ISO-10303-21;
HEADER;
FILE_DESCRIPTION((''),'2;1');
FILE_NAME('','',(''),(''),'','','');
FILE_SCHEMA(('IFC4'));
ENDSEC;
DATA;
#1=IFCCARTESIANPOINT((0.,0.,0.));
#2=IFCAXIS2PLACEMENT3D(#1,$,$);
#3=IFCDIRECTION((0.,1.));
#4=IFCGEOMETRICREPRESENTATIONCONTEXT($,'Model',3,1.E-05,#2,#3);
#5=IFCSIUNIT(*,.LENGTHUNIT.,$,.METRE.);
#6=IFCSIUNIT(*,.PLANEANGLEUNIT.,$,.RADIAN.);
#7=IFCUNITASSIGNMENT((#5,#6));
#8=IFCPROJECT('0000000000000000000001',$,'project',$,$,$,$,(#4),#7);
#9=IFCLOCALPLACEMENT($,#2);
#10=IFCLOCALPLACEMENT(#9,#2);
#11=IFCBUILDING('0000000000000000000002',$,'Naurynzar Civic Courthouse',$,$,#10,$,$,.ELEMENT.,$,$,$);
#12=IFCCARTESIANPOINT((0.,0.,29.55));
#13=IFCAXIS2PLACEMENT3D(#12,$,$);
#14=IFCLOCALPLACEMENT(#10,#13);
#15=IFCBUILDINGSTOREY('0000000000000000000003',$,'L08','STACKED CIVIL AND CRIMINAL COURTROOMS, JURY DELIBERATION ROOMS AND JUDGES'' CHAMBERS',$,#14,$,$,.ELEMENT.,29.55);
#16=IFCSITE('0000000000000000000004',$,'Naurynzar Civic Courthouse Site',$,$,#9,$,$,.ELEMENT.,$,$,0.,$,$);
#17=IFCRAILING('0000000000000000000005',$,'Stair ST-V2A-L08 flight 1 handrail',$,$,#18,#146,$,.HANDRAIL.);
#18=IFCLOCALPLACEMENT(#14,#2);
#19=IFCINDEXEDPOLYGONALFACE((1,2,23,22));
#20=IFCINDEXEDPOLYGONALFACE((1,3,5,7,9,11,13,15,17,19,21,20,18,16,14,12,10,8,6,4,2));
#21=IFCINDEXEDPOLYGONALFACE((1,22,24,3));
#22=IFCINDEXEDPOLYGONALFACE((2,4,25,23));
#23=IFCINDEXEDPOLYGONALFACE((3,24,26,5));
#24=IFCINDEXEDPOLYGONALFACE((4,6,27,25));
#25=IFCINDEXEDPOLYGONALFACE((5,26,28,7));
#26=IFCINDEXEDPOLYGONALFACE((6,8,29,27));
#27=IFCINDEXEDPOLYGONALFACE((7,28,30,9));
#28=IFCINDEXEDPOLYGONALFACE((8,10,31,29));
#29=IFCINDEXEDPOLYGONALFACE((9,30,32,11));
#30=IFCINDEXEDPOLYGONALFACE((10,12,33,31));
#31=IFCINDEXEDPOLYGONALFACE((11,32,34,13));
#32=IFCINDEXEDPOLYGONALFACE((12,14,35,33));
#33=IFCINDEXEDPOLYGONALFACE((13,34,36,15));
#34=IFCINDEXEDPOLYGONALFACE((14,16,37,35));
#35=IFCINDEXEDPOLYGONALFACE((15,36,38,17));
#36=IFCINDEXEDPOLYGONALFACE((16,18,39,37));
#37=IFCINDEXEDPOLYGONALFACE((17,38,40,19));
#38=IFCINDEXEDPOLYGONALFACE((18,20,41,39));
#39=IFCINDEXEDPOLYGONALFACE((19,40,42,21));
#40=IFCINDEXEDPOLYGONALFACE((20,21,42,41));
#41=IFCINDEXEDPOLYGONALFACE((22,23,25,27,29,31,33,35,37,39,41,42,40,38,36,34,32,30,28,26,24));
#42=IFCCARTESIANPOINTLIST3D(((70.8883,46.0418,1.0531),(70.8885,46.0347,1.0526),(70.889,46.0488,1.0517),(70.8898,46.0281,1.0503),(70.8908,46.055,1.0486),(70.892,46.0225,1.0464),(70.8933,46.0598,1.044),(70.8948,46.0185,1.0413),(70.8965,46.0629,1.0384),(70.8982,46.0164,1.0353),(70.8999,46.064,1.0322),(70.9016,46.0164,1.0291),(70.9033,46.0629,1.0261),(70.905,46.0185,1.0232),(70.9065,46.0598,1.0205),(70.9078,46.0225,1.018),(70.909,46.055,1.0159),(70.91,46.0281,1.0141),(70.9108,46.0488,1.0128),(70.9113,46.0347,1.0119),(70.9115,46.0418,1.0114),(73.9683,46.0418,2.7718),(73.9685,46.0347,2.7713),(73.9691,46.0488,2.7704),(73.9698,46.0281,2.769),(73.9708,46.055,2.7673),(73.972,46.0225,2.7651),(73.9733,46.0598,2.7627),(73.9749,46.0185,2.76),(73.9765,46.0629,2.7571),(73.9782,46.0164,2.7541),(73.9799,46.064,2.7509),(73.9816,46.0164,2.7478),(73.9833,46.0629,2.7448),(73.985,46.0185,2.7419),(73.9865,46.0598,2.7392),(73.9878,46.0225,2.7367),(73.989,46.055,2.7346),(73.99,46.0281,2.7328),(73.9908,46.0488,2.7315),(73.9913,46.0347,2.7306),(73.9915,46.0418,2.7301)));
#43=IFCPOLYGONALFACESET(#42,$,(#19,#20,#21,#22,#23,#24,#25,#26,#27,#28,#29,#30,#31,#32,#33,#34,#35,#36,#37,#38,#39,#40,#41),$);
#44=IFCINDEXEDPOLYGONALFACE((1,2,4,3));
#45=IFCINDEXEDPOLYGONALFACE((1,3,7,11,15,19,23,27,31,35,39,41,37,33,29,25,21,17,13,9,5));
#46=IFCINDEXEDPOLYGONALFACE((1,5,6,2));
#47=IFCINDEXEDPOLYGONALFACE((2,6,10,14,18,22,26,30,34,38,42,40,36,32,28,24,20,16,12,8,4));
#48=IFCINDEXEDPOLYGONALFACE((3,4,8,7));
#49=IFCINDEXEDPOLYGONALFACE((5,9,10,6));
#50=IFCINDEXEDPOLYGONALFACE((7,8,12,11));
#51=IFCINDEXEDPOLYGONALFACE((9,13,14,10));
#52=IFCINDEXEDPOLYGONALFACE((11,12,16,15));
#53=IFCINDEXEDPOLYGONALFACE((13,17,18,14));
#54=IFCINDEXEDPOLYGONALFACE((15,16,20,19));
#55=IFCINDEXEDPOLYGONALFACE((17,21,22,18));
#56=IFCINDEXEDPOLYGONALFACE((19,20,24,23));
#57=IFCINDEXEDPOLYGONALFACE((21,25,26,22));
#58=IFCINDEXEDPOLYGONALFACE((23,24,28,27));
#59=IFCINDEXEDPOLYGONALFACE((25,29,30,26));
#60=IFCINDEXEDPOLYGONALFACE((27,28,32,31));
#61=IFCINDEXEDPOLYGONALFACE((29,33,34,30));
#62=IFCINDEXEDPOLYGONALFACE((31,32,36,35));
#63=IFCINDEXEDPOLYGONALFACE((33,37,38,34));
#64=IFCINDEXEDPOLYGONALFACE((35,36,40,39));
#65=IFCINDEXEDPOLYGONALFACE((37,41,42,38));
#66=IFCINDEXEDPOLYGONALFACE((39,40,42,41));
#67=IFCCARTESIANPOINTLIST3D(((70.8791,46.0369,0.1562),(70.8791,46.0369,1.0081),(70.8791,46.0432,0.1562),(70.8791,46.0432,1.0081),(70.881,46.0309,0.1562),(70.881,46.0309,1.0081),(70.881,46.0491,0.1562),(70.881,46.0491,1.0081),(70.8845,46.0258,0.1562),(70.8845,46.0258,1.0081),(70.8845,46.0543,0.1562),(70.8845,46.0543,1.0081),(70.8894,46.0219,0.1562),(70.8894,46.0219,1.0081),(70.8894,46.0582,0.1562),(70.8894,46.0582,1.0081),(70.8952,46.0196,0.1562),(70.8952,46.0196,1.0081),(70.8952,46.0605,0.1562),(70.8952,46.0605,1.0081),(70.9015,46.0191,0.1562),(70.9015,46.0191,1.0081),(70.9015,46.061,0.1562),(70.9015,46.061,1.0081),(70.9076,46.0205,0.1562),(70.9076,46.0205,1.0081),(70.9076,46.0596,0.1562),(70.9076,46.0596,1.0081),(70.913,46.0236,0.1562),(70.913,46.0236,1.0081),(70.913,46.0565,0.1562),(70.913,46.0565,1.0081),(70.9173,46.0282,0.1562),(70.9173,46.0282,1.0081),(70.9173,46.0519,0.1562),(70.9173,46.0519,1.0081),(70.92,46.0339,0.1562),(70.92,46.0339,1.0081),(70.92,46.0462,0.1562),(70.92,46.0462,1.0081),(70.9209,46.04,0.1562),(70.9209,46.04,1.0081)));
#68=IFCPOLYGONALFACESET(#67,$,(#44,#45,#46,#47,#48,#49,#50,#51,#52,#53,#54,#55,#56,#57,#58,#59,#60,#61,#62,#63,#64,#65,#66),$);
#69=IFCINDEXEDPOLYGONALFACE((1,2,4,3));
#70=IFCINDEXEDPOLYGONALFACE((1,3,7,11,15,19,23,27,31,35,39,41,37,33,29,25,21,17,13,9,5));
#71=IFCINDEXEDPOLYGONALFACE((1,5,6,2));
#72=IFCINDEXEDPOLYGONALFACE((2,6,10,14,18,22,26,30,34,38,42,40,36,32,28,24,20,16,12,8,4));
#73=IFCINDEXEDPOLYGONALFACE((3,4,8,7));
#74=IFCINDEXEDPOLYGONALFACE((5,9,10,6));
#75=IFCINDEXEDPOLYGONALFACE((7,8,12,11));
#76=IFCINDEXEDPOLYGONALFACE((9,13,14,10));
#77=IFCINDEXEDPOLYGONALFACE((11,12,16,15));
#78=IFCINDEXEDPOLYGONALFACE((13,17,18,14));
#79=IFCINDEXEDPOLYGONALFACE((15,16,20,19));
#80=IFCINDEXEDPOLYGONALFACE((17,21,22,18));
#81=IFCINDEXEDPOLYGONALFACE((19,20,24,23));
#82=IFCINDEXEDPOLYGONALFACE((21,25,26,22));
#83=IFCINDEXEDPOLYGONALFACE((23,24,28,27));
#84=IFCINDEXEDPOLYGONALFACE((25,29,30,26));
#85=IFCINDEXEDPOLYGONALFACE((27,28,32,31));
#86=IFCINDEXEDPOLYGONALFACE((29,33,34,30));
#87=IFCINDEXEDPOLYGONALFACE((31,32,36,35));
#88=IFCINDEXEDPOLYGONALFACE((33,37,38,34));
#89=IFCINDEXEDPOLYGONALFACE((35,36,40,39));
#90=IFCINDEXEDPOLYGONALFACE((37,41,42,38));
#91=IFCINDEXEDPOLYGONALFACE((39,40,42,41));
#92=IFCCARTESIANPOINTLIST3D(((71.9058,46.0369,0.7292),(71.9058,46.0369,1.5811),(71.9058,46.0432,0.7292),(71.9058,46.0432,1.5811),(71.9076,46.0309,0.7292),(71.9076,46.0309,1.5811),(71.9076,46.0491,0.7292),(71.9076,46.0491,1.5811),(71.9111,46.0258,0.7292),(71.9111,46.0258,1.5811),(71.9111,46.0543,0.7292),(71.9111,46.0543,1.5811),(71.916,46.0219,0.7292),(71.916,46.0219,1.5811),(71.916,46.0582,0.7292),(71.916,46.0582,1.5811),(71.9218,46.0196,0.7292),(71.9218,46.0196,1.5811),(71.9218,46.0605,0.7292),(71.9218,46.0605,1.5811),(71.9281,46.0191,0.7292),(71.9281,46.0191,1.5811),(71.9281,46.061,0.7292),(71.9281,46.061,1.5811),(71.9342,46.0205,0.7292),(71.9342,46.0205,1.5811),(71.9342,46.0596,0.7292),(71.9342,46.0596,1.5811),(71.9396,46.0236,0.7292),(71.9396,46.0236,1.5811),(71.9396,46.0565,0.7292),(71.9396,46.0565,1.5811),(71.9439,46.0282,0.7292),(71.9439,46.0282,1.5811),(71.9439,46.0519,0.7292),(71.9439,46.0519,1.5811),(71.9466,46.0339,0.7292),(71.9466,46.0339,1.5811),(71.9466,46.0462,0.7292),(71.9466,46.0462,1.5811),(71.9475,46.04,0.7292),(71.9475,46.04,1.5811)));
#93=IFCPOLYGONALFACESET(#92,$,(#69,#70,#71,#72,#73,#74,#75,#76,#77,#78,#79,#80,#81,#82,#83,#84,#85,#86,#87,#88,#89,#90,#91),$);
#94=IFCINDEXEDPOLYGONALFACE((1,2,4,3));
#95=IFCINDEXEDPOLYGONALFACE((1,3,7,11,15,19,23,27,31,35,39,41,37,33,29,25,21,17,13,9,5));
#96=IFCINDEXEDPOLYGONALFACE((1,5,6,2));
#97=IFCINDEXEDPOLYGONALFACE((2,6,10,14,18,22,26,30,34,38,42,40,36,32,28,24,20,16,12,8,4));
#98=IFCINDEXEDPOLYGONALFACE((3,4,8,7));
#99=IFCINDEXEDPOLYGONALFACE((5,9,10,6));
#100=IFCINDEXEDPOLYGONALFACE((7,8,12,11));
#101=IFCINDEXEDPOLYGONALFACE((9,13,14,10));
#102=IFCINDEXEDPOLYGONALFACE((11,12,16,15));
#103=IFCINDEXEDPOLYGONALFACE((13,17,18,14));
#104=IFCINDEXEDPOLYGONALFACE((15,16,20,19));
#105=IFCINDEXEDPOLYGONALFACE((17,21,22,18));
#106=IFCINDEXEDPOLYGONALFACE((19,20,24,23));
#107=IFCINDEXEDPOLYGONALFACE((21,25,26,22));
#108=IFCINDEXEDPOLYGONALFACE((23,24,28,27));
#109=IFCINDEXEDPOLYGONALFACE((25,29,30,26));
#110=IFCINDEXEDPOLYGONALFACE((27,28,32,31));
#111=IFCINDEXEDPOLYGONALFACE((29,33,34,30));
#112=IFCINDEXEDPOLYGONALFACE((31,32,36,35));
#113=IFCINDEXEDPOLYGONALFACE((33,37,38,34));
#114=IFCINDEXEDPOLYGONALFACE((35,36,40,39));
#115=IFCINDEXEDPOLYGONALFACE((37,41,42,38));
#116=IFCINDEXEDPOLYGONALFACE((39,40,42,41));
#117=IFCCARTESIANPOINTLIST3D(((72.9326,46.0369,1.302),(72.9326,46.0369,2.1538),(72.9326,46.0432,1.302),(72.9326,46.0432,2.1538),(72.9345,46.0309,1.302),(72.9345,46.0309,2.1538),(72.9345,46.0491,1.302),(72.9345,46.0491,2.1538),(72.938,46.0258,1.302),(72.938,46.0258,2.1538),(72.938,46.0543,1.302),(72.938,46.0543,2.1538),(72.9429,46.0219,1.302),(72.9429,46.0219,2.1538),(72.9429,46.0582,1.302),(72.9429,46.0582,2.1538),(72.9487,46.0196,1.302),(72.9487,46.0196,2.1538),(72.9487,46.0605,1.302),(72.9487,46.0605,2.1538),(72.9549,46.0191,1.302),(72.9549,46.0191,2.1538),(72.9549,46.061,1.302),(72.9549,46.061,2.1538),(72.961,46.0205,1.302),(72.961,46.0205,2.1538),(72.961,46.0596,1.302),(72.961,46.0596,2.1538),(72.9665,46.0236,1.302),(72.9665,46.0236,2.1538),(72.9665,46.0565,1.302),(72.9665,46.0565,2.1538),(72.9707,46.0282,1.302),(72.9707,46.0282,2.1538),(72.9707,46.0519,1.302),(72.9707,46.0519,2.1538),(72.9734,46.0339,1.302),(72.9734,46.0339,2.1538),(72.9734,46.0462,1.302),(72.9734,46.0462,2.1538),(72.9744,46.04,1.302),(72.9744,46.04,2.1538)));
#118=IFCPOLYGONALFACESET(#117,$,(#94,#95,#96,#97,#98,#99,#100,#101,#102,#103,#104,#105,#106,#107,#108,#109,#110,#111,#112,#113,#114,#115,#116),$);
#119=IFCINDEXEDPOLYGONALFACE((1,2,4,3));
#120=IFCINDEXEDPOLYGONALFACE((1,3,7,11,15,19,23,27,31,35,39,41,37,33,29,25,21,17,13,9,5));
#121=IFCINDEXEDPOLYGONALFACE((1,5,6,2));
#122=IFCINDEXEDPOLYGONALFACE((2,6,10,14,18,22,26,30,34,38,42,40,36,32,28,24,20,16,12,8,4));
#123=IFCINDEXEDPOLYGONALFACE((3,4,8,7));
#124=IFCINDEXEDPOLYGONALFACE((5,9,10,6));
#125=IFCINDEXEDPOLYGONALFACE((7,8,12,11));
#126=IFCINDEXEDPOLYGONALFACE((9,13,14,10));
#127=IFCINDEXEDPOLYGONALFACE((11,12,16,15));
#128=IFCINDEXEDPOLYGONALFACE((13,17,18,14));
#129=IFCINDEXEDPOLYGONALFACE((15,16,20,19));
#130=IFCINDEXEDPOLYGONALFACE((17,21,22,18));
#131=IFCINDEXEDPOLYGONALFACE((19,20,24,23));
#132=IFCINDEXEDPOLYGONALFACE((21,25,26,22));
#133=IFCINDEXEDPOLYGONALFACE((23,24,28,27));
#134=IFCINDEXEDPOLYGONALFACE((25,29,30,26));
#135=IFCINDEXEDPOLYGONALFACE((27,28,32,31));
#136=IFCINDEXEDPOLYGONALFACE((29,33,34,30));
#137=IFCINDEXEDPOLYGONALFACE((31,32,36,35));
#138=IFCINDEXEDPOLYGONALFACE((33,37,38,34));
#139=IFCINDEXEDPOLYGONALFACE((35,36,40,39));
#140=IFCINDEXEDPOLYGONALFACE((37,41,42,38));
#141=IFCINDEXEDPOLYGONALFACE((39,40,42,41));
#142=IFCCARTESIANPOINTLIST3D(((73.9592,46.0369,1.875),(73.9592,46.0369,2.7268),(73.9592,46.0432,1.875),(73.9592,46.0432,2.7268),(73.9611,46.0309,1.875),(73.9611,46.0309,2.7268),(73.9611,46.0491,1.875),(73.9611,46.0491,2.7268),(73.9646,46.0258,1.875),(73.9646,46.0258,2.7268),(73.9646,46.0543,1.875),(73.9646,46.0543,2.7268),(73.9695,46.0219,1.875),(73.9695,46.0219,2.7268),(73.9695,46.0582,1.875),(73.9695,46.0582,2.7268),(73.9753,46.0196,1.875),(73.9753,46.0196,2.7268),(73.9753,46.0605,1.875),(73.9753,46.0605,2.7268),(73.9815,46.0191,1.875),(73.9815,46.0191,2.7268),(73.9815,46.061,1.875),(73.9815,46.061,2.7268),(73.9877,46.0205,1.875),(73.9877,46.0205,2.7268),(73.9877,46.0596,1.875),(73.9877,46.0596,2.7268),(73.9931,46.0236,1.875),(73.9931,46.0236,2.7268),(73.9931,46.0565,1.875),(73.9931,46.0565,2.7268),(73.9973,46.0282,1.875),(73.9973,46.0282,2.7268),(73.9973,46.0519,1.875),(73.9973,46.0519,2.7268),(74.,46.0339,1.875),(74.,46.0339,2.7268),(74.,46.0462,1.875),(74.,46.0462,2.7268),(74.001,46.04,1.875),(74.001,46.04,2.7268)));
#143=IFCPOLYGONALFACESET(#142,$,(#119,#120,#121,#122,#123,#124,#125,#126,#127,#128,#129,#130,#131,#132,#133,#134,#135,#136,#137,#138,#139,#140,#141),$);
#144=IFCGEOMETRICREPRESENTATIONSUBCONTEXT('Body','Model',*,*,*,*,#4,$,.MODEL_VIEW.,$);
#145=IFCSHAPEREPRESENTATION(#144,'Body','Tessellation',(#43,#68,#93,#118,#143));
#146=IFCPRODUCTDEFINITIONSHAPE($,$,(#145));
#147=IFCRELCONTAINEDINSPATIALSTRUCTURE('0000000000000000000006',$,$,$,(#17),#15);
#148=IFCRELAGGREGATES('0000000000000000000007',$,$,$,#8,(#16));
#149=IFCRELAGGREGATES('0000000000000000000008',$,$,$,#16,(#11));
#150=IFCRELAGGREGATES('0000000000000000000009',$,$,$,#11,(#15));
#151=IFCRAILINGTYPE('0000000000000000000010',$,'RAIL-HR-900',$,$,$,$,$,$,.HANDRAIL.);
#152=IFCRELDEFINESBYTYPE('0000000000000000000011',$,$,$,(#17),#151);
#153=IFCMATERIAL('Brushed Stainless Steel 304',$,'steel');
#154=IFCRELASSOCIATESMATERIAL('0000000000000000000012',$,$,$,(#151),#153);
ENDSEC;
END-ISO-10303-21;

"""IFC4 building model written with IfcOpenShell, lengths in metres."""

from ifc_helpers import new_model, si_unit, direction, frame, origin, origin_2d, place, context, subcontext, project, spatial, circle, extrude, material, type_object, element, save


model = new_model("IFC4")

# Units and contexts
model_context = context("Model", 3, precision=1e-05, world=origin(), true_north=direction((0.0, 1.0)))
body_context = subcontext(model_context, "Body", "Model", "MODEL_VIEW")
ifc_project = project(units=[si_unit("LENGTHUNIT", "METRE"), si_unit("PLANEANGLEUNIT", "RADIAN")], contexts=[model_context])

# Site, building, storey
site_placement = place(None, origin())
site = spatial("IfcSite", under=ifc_project, at=site_placement, Name="Naurynzar Civic Courthouse Site", CompositionType="ELEMENT", RefElevation=0.0)
building_placement = place(site_placement, origin())
building = spatial("IfcBuilding", under=site, at=building_placement, Name="Naurynzar Civic Courthouse", CompositionType="ELEMENT")
storey_placement = place(building_placement, frame((0.0, 0.0, 29.55)))
storey = spatial("IfcBuildingStorey", under=building, at=storey_placement, Name="L08", Description="STACKED CIVIL AND CRIMINAL COURTROOMS, JURY DELIBERATION ROOMS AND JUDGES' CHAMBERS", CompositionType="ELEMENT", Elevation=29.55)

# Railing
ifc_material_1 = material(Name="Brushed Stainless Steel 304", Category="steel")
railing_type_1 = type_object("IfcRailingType", Name="RAIL-HR-900", PredefinedType="HANDRAIL", material=ifc_material_1)
railing_1_placement = place(storey_placement, frame((70.8999, 46.04, 0.1562)))
element("IfcRailing", 1, at=railing_1_placement, inside=storey, type_object=railing_type_1, Name="Stair ST-V2A-L08 flight 1 handrail", PredefinedType="HANDRAIL", context=body_context, shape_type="SweptSolid", body=[
    extrude(circle(Radius=0.0239, at=origin_2d()), frame((0.0, 0.0, 0.876), z_axis=(0.873242, 0.0, 0.487288), x_axis=(0.0, 1.0, 0.0)), (0.0, 0.0, 1.0), 3.5271),
    extrude(circle(Radius=0.021, at=origin_2d()), origin(), (0.0, 0.0, 1.0), 0.8518),
    extrude(circle(Radius=0.021, at=origin_2d()), frame((1.0266, 0.0, 0.573)), (0.0, 0.0, 1.0), 0.8518),
    extrude(circle(Radius=0.021, at=origin_2d()), frame((2.0535, 0.0, 1.1458)), (0.0, 0.0, 1.0), 0.8518),
    extrude(circle(Radius=0.021, at=origin_2d()), frame((3.0801, 0.0, 1.7188)), (0.0, 0.0, 1.0), 0.8518),
])

save(model, "model.ifc")
